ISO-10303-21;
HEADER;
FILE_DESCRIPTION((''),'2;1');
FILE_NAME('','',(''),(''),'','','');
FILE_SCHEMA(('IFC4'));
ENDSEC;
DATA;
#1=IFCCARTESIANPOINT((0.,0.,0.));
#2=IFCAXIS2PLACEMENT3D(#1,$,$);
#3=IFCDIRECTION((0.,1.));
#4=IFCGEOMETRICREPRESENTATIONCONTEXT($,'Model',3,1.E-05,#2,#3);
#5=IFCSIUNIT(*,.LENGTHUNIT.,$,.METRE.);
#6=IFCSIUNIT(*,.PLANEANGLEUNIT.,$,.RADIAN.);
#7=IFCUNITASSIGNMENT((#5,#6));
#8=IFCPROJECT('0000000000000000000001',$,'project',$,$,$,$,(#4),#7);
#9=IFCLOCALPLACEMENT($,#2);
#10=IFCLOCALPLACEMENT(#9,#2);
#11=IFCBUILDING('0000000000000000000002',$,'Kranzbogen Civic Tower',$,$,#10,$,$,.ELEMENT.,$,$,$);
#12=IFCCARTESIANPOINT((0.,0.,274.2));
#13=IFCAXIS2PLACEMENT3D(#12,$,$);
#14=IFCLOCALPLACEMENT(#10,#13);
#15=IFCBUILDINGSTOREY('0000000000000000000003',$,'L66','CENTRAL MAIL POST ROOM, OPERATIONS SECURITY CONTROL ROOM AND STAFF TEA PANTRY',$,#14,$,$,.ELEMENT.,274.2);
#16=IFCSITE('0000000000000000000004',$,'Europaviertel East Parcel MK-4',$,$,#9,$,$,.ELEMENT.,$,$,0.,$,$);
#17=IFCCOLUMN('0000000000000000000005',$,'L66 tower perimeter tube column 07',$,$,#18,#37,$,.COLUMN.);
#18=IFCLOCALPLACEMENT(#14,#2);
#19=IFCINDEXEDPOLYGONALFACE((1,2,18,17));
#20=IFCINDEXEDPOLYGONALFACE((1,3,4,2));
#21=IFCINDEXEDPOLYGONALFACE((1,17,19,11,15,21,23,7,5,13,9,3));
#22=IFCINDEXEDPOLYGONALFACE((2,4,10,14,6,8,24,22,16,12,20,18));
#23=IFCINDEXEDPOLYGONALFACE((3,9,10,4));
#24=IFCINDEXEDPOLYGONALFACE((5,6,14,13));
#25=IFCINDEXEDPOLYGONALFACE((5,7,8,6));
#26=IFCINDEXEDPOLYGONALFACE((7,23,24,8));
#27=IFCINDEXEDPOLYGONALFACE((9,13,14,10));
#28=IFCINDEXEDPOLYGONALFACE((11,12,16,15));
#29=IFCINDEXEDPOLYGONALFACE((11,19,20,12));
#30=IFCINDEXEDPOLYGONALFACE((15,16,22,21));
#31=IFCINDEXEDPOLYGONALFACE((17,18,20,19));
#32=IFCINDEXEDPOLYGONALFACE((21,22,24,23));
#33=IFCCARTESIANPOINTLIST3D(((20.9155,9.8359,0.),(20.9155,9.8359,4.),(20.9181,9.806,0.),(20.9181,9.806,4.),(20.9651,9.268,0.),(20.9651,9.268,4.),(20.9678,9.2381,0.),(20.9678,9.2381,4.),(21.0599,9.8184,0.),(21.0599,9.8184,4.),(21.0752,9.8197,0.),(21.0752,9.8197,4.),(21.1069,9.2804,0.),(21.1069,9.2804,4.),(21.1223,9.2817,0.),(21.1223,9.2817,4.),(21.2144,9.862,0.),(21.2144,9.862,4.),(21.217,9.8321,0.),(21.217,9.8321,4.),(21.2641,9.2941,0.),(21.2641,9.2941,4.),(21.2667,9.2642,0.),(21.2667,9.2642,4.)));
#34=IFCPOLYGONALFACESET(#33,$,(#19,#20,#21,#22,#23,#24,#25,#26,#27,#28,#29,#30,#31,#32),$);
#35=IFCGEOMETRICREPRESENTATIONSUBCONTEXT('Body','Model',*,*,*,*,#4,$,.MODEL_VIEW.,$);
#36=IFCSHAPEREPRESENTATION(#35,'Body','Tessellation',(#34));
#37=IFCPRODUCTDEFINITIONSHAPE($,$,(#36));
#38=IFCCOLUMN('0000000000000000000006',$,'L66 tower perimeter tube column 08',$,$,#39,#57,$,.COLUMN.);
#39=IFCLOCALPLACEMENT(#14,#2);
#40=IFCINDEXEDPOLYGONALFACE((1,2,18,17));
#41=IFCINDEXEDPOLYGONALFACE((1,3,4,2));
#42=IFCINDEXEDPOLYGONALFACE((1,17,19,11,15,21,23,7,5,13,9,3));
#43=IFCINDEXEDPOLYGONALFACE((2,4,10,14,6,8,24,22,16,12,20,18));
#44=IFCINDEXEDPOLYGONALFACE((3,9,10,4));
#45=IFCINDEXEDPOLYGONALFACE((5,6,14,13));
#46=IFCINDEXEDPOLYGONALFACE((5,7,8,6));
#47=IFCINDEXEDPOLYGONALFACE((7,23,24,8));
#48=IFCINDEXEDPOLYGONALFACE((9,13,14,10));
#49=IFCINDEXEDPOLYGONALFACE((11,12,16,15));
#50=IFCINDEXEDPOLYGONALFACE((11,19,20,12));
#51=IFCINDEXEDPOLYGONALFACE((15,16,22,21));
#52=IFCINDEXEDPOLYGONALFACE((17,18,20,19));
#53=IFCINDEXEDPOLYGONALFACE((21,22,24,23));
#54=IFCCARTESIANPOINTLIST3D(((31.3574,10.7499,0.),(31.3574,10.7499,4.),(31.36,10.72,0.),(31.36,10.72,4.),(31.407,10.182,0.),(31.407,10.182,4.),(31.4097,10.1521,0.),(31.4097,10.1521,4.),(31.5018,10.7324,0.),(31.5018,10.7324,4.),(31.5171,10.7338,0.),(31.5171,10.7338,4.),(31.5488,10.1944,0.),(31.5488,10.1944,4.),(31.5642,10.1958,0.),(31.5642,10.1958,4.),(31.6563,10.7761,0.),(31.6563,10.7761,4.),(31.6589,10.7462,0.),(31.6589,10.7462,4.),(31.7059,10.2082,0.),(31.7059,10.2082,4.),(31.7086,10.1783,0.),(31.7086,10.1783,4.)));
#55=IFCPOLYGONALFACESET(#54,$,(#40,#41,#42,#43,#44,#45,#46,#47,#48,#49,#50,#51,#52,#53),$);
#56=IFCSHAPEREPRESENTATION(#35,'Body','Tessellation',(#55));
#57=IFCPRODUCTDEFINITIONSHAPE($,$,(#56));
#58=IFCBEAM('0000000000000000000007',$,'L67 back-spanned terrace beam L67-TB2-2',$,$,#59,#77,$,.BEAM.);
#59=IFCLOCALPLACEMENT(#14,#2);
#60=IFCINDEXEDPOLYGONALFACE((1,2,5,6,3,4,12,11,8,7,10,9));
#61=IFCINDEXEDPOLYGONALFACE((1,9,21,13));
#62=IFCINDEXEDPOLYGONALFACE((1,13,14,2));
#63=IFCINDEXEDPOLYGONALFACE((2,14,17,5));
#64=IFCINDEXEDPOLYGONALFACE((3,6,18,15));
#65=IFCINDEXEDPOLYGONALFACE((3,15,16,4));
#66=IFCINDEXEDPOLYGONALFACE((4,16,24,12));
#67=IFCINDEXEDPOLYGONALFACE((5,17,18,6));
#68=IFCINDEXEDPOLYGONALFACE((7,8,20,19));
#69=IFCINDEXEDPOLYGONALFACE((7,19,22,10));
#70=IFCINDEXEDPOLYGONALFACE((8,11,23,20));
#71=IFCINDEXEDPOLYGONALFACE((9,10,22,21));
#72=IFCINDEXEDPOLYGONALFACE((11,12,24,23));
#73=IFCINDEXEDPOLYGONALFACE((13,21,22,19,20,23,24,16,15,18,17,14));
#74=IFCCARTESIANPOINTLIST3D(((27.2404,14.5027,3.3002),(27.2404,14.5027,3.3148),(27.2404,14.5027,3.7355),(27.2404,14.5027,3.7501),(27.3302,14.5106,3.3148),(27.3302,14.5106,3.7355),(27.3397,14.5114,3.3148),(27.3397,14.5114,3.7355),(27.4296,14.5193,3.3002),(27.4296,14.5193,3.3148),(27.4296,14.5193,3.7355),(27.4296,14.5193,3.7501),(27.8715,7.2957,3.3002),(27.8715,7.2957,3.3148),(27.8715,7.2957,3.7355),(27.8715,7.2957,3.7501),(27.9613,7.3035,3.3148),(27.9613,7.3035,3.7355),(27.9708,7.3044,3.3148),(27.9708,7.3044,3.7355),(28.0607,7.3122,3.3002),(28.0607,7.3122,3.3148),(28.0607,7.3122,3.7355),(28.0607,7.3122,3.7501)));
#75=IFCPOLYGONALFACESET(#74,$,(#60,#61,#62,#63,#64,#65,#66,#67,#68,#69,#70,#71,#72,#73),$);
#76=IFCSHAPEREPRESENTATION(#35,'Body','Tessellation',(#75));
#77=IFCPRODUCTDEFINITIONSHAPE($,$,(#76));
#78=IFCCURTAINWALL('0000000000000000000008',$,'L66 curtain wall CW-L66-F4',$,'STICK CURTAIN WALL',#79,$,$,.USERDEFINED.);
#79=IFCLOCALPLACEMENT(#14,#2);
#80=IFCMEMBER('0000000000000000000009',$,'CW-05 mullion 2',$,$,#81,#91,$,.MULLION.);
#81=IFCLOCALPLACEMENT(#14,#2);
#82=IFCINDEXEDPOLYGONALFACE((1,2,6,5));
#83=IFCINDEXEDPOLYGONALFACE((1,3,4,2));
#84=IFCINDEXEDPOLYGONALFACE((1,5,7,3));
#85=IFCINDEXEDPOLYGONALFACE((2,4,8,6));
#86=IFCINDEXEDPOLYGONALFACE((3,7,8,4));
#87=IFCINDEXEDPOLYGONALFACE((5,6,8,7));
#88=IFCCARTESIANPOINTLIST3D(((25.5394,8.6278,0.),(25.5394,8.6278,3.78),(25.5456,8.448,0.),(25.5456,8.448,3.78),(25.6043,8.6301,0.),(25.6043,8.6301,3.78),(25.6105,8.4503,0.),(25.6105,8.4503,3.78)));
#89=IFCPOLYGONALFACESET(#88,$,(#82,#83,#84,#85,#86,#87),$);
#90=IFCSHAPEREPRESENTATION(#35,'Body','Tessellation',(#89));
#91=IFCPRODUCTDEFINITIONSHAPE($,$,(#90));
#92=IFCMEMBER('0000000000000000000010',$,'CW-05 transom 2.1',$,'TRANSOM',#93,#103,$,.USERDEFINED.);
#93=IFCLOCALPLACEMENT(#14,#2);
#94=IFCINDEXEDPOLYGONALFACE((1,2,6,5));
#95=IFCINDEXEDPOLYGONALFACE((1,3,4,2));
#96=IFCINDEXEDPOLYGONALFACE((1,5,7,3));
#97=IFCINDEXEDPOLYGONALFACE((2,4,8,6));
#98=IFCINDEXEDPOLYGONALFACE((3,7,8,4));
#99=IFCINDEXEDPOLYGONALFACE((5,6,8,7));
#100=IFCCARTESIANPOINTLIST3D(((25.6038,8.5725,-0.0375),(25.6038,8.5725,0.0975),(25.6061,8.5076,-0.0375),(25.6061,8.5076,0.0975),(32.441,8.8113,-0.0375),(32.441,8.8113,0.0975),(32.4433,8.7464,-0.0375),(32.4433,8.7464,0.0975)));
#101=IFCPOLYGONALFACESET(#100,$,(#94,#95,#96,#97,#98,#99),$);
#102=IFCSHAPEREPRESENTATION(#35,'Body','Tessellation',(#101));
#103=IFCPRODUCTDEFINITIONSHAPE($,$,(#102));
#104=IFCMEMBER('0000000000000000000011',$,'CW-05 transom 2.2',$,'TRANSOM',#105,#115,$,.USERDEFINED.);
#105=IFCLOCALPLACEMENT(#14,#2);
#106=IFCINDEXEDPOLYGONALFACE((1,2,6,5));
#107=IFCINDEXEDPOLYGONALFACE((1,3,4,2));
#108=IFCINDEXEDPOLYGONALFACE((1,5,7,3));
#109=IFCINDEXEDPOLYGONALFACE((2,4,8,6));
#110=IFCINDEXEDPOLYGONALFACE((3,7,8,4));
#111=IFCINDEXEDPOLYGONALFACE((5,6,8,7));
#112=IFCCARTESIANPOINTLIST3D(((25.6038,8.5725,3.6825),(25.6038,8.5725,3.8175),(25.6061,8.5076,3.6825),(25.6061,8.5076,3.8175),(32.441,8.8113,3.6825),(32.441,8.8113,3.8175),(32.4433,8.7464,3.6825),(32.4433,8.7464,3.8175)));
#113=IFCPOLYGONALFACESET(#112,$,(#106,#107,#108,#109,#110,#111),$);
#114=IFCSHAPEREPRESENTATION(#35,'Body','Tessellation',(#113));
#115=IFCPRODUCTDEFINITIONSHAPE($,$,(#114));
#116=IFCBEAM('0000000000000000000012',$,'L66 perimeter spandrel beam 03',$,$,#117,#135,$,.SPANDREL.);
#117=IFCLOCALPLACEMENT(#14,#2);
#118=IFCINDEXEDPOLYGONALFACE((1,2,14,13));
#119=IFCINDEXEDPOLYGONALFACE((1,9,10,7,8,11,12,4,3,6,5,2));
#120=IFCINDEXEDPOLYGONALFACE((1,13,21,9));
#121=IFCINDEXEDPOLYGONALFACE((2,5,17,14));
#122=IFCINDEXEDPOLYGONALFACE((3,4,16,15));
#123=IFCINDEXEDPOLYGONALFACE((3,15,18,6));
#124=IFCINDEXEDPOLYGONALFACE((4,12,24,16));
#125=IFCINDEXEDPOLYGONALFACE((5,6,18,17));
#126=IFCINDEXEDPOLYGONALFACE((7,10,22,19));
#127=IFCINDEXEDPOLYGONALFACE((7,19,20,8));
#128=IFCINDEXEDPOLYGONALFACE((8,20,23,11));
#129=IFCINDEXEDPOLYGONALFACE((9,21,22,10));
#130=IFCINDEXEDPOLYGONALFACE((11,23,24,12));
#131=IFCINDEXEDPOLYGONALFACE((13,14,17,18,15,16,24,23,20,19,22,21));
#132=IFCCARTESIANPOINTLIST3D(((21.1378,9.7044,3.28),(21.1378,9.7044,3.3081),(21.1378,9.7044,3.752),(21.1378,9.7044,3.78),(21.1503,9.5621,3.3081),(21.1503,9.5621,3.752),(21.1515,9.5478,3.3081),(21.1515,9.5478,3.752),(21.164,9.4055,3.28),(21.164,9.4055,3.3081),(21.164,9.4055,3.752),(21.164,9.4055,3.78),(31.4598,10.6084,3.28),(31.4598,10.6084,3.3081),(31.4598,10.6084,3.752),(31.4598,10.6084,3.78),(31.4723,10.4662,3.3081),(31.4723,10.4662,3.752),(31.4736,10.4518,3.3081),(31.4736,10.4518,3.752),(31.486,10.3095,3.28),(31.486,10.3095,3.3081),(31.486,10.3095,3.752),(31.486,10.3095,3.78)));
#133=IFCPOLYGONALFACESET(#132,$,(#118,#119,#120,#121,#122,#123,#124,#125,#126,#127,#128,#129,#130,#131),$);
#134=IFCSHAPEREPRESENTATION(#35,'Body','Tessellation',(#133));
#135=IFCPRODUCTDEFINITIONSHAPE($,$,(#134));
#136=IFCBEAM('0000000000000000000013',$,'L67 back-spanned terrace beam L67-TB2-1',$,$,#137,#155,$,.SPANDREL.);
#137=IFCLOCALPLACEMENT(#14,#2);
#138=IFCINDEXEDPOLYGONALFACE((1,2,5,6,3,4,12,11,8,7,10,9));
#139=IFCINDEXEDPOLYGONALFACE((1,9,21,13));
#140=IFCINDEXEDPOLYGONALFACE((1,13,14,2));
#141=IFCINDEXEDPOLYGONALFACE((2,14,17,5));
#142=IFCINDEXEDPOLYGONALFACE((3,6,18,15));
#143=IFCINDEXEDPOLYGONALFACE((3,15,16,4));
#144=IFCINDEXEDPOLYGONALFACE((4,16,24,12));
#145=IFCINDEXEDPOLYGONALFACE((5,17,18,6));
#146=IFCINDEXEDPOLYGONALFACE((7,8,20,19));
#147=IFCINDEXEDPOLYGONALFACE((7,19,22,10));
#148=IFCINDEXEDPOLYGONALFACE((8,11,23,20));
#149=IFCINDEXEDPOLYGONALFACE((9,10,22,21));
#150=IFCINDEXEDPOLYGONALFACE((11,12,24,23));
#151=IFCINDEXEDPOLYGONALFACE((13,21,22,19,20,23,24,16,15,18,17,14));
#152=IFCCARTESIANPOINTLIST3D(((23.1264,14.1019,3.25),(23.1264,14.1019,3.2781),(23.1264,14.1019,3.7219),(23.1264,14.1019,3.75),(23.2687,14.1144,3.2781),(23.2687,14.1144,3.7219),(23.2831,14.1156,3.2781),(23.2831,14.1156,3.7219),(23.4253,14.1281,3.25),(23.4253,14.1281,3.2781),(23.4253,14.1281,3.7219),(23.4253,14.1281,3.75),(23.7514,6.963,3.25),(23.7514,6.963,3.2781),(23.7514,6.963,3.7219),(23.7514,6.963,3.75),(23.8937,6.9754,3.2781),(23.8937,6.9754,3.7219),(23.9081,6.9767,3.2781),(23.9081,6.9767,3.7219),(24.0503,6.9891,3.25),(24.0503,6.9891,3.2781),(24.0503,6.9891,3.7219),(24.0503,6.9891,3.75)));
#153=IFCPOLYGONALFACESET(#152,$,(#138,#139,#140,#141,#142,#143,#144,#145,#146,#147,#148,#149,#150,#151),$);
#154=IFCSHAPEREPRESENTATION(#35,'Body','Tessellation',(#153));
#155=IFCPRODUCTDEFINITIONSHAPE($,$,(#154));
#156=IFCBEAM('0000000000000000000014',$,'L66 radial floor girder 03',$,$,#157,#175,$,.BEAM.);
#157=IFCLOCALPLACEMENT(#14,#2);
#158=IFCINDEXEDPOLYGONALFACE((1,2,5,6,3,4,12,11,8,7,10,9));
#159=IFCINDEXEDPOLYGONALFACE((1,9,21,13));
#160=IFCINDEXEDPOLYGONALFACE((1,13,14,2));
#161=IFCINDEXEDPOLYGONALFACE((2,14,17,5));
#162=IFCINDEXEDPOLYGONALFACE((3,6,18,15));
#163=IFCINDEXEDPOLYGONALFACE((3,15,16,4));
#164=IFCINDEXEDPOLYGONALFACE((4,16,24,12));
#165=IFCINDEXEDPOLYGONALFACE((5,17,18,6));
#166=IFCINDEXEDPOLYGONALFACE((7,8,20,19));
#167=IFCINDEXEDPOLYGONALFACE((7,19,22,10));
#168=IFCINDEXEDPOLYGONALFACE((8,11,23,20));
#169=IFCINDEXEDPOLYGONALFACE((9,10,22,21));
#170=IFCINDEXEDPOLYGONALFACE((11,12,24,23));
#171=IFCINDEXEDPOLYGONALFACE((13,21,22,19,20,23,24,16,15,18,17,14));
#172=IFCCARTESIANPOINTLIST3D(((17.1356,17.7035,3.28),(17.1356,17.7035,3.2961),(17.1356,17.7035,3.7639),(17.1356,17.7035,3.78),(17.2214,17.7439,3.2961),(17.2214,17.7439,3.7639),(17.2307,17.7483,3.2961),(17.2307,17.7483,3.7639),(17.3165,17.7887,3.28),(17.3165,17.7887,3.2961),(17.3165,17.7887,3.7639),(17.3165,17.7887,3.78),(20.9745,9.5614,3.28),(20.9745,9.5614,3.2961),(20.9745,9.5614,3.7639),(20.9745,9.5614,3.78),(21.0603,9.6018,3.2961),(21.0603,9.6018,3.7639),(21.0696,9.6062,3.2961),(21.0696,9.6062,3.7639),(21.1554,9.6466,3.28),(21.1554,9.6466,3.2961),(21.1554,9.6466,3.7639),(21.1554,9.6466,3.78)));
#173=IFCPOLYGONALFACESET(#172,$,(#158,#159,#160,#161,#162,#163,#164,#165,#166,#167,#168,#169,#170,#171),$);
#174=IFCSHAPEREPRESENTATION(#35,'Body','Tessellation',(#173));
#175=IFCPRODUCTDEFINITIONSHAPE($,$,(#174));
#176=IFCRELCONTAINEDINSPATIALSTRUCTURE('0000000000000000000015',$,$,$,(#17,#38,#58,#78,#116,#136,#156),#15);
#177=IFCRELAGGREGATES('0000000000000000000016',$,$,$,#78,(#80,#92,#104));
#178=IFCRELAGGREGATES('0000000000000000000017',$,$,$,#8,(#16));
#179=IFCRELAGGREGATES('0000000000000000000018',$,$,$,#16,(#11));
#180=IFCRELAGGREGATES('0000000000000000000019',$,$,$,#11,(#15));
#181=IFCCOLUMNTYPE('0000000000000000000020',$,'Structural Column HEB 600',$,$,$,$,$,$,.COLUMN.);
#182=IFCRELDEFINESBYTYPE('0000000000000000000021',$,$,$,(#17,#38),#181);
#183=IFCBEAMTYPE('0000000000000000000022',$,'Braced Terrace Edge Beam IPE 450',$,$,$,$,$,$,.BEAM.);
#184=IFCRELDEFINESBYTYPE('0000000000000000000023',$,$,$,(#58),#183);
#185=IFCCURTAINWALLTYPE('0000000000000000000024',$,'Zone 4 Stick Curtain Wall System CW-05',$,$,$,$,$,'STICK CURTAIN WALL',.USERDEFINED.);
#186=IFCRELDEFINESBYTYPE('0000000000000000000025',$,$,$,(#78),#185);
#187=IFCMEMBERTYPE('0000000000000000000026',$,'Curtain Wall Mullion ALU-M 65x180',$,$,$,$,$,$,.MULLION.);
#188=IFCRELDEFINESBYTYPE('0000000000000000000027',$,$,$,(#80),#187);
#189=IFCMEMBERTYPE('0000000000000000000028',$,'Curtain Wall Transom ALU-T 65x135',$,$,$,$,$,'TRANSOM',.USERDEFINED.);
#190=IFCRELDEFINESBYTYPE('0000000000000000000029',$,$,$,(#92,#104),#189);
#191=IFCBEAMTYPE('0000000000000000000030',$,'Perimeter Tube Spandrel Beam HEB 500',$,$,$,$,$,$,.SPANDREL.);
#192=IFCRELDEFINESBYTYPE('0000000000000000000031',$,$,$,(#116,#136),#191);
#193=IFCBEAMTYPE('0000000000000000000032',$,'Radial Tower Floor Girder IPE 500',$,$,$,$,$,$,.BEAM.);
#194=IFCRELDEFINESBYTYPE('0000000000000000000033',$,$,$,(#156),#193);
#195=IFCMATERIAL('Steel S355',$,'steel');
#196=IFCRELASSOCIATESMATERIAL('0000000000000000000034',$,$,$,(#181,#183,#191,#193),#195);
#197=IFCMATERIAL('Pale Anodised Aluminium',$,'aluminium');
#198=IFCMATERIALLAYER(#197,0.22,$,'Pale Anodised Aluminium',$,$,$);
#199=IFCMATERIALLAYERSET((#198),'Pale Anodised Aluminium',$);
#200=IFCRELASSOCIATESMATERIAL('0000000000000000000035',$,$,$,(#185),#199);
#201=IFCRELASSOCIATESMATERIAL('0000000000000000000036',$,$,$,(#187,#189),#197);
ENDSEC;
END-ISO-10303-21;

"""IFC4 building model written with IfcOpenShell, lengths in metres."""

from ifc_helpers import new_model, si_unit, direction, frame, origin, origin_2d, place, context, subcontext, project, spatial, rectangle, i_section, extrude, material, layer, layer_set, material_profile, profile_set, type_object, element, aggregate, save


model = new_model("IFC4")

# Units and contexts
model_context = context("Model", 3, precision=1e-05, world=origin(), true_north=direction((0.0, 1.0)))
body_context = subcontext(model_context, "Body", "Model", "MODEL_VIEW")
ifc_project = project(units=[si_unit("LENGTHUNIT", "METRE"), si_unit("PLANEANGLEUNIT", "RADIAN")], contexts=[model_context])

# Site, building, storey
site_placement = place(None, origin())
site = spatial("IfcSite", under=ifc_project, at=site_placement, Name="Europaviertel East Parcel MK-4", CompositionType="ELEMENT", RefElevation=0.0)
building_placement = place(site_placement, origin())
building = spatial("IfcBuilding", under=site, at=building_placement, Name="Kranzbogen Civic Tower", CompositionType="ELEMENT")
storey_placement = place(building_placement, frame((0.0, 0.0, 274.2)))
storey = spatial("IfcBuildingStorey", under=building, at=storey_placement, Name="L66", Description="CENTRAL MAIL POST ROOM, OPERATIONS SECURITY CONTROL ROOM AND STAFF TEA PANTRY", CompositionType="ELEMENT", Elevation=274.2)

# Columns
ifc_material_1 = material(Name="Steel S355", Category="steel")
ifc_material_profile_1 = material_profile(ifc_material_1, i_section(OverallWidth=0.3, OverallDepth=0.6001, WebThickness=0.0154, FlangeThickness=0.03, at=origin_2d()), Name="HEB 600")
ifc_profile_set_1 = profile_set([ifc_material_profile_1], Name="Steel S355")
column_type = type_object("IfcColumnType", Name="Structural Column HEB 600", PredefinedType="COLUMN", material=ifc_profile_set_1)
for number, where, z_axis, x_axis, name in (
    (1, (21.0911, 9.55, 0.0), (0.0, 0.0, 1.0), (0.996195, 0.087156, 0.0), "L66 tower perimeter tube column 07"),
    (2, (31.533, 10.4641, 0.0), (0.0, 0.0, 1.0), (0.996195, 0.087156, 0.0), "L66 tower perimeter tube column 08"),
):
    element("IfcColumn", number, at=place(storey_placement, frame(where, z_axis=z_axis, x_axis=x_axis)), inside=storey, type_object=column_type, Name=name, PredefinedType="COLUMN", context=body_context, shape_type="SweptSolid", body=[
        extrude(i_section(OverallWidth=0.3, OverallDepth=0.6001, WebThickness=0.0154, FlangeThickness=0.03, at=origin_2d()), origin(), (0.0, 0.0, 1.0), 4.0),
    ])

# Beam
ifc_material_profile_2 = material_profile(ifc_material_1, i_section(OverallWidth=0.1899, OverallDepth=0.45, WebThickness=0.0095, FlangeThickness=0.0146, at=origin_2d()), Name="IPE 450")
ifc_profile_set_2 = profile_set([ifc_material_profile_2], Name="Steel S355")
beam_type_1 = type_object("IfcBeamType", Name="Braced Terrace Edge Beam IPE 450", PredefinedType="BEAM", material=ifc_profile_set_2)
beam_1_placement = place(storey_placement, frame((27.335, 14.511, 3.5251), z_axis=(0.087234, -0.996188, 0.0), x_axis=(0.996188, 0.087234, 0.0)))
element("IfcBeam", 3, at=beam_1_placement, inside=storey, type_object=beam_type_1, Name="L67 back-spanned terrace beam L67-TB2-2", PredefinedType="BEAM", context=body_context, shape_type="SweptSolid", body=[
    extrude(i_section(OverallWidth=0.1899, OverallDepth=0.45, WebThickness=0.0095, FlangeThickness=0.0146, at=origin_2d()), origin(), (0.0, 0.0, 1.0), 7.2346),
])

# Curtain wall, members
ifc_material_2 = material(Name="Pale Anodised Aluminium", Category="aluminium")
ifc_layer_1 = layer(ifc_material_2, 0.22, Name="Pale Anodised Aluminium")
ifc_layer_set_1 = layer_set([ifc_layer_1], Name="Pale Anodised Aluminium")
curtain_wall_type = type_object("IfcCurtainWallType", Name="Zone 4 Stick Curtain Wall System CW-05", ElementType="STICK CURTAIN WALL", PredefinedType="USERDEFINED", material=ifc_layer_set_1)
curtain_wall_placement = place(storey_placement, origin())
curtain_wall = element("IfcCurtainWall", 4, at=curtain_wall_placement, inside=storey, type_object=curtain_wall_type, Name="L66 curtain wall CW-L66-F4", ObjectType="STICK CURTAIN WALL", PredefinedType="USERDEFINED")
ifc_material_profile_3 = material_profile(ifc_material_2, rectangle(XDim=0.0649, YDim=0.1799, at=origin_2d()), Name="ALU-M 65x180")
ifc_profile_set_3 = profile_set([ifc_material_profile_3], Name="Pale Anodised Aluminium")
member_type_1 = type_object("IfcMemberType", Name="Curtain Wall Mullion ALU-M 65x180", PredefinedType="MULLION", material=ifc_profile_set_3)
member_1_placement = place(storey_placement, frame((25.575, 8.5391, 0.0), z_axis=(0.0, 0.0, 1.0), x_axis=(0.99939, 0.034914, 0.0)))
member_1 = element("IfcMember", 5, at=member_1_placement, type_object=member_type_1, Name="CW-05 mullion 2", PredefinedType="MULLION", context=body_context, shape_type="SweptSolid", body=[
    extrude(rectangle(XDim=0.0649, YDim=0.1799, at=origin_2d()), origin(), (0.0, 0.0, 1.0), 3.78),
])
ifc_material_profile_4 = material_profile(ifc_material_2, rectangle(XDim=0.0649, YDim=0.135, at=origin_2d()), Name="ALU-T 65x135")
ifc_profile_set_4 = profile_set([ifc_material_profile_4], Name="Pale Anodised Aluminium")
member_type_2 = type_object("IfcMemberType", Name="Curtain Wall Transom ALU-T 65x135", ElementType="TRANSOM", PredefinedType="USERDEFINED", material=ifc_profile_set_4)
member_2_placement = place(storey_placement, frame((25.605, 8.54, 0.03), z_axis=(0.999391, 0.034901, 0.0), x_axis=(-0.034901, 0.999391, 0.0)))
member_2 = element("IfcMember", 6, at=member_2_placement, type_object=member_type_2, Name="CW-05 transom 2.1", ObjectType="TRANSOM", PredefinedType="USERDEFINED", context=body_context, shape_type="SweptSolid", body=[
    extrude(rectangle(XDim=0.0649, YDim=0.135, at=origin_2d()), origin(), (0.0, 0.0, 1.0), 6.8413),
])
member_3_placement = place(storey_placement, frame((25.605, 8.54, 3.75), z_axis=(0.999391, 0.034901, 0.0), x_axis=(-0.034901, 0.999391, 0.0)))
member_3 = element("IfcMember", 7, at=member_3_placement, type_object=member_type_2, Name="CW-05 transom 2.2", ObjectType="TRANSOM", PredefinedType="USERDEFINED", context=body_context, shape_type="SweptSolid", body=[
    extrude(rectangle(XDim=0.0649, YDim=0.135, at=origin_2d()), origin(), (0.0, 0.0, 1.0), 6.8413),
])

# Beams
ifc_material_profile_5 = material_profile(ifc_material_1, i_section(OverallWidth=0.3, OverallDepth=0.5, WebThickness=0.0144, FlangeThickness=0.0281, at=origin_2d()), Name="HEB 500")
ifc_profile_set_5 = profile_set([ifc_material_profile_5], Name="Steel S355")
beam_type_2 = type_object("IfcBeamType", Name="Perimeter Tube Spandrel Beam HEB 500", PredefinedType="SPANDREL", material=ifc_profile_set_5)
beam_2_placement = place(storey_placement, frame((21.1509, 9.5549, 3.53), z_axis=(0.996186, 0.087251, 0.0), x_axis=(-0.087251, 0.996186, 0.0)))
element("IfcBeam", 8, at=beam_2_placement, inside=storey, type_object=beam_type_2, Name="L66 perimeter spandrel beam 03", PredefinedType="SPANDREL", context=body_context, shape_type="SweptSolid", body=[
    extrude(i_section(OverallWidth=0.3, OverallDepth=0.5, WebThickness=0.0144, FlangeThickness=0.0281, at=origin_2d()), origin(), (0.0, 0.0, 1.0), 10.3616),
])
beam_3_placement = place(storey_placement, frame((23.2759, 14.115, 3.5), z_axis=(0.087215, -0.99619, 0.0), x_axis=(0.99619, 0.087215, 0.0)))
element("IfcBeam", 9, at=beam_3_placement, inside=storey, type_object=beam_type_2, Name="L67 back-spanned terrace beam L67-TB2-1", PredefinedType="SPANDREL", context=body_context, shape_type="SweptSolid", body=[
    extrude(i_section(OverallWidth=0.3, OverallDepth=0.5, WebThickness=0.0144, FlangeThickness=0.0281, at=origin_2d()), origin(), (0.0, 0.0, 1.0), 7.1663),
])
ifc_material_profile_6 = material_profile(ifc_material_1, i_section(OverallWidth=0.2, OverallDepth=0.5, WebThickness=0.0103, FlangeThickness=0.0161, at=origin_2d()), Name="IPE 500")
ifc_profile_set_6 = profile_set([ifc_material_profile_6], Name="Steel S355")
beam_type_3 = type_object("IfcBeamType", Name="Radial Tower Floor Girder IPE 500", PredefinedType="BEAM", material=ifc_profile_set_6)
beam_4_placement = place(storey_placement, frame((21.0649, 9.604, 3.53), z_axis=(-0.42646, 0.904506, 0.0), x_axis=(-0.904506, -0.42646, 0.0)))
element("IfcBeam", 10, at=beam_4_placement, inside=storey, type_object=beam_type_3, Name="L66 radial floor girder 03", PredefinedType="BEAM", context=body_context, shape_type="SweptSolid", body=[
    extrude(i_section(OverallWidth=0.2, OverallDepth=0.5, WebThickness=0.0103, FlangeThickness=0.0161, at=origin_2d()), origin(), (0.0, 0.0, 1.0), 9.0017),
])

aggregate(curtain_wall, [member_1, member_2, member_3])

save(model, "model.ifc")
